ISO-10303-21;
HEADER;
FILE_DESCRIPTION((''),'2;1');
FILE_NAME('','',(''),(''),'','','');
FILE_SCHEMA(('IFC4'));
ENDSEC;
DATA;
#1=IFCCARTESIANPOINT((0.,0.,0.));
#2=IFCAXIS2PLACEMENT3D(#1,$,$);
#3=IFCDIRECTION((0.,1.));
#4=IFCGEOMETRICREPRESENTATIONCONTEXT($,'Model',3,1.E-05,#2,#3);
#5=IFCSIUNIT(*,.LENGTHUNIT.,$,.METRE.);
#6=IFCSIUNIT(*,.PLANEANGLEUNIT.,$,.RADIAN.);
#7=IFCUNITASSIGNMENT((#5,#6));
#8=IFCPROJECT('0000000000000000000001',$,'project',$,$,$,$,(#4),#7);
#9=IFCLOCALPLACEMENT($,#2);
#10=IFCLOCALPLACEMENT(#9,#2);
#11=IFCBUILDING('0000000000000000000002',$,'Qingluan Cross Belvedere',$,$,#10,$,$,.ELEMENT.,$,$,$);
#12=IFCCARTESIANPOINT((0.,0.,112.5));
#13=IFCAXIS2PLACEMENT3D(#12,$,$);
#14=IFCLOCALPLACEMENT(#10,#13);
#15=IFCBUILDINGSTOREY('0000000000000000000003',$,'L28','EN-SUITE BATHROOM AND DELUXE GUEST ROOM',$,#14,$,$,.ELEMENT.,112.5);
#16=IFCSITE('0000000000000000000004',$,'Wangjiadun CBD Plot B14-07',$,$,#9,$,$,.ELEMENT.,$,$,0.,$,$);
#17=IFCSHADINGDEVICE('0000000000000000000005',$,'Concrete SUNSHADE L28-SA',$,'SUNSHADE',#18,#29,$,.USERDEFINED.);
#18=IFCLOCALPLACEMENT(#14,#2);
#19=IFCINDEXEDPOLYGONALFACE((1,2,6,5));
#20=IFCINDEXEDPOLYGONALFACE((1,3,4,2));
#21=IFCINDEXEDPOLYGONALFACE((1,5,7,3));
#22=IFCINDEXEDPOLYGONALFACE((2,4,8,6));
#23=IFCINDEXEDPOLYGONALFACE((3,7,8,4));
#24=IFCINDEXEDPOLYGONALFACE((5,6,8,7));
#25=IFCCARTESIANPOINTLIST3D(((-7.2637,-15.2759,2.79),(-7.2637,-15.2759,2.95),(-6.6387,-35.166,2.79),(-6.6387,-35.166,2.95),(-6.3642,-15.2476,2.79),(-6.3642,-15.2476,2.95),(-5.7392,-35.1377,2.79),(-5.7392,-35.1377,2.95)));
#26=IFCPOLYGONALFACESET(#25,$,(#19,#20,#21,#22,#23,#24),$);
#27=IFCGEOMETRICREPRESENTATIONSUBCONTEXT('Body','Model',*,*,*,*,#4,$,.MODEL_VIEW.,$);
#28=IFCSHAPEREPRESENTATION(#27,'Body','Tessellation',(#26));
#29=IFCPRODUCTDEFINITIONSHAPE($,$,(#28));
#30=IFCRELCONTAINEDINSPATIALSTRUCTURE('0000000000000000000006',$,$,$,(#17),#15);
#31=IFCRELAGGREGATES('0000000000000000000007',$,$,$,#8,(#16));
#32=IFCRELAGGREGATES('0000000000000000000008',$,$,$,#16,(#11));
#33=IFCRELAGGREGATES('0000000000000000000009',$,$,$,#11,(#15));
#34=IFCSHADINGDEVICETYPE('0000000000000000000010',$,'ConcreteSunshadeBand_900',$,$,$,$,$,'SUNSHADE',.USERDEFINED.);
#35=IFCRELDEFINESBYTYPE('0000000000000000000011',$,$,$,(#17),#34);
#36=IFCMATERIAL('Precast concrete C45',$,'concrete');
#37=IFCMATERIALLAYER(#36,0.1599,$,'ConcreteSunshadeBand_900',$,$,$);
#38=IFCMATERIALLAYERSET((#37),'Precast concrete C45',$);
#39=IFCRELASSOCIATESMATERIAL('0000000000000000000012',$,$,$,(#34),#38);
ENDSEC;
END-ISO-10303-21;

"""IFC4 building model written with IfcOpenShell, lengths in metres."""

from ifc_helpers import new_model, si_unit, direction, frame, origin, origin_2d, place, context, subcontext, project, spatial, rectangle, extrude, material, layer, layer_set, type_object, element, save


model = new_model("IFC4")

# Units and contexts
model_context = context("Model", 3, precision=1e-05, world=origin(), true_north=direction((0.0, 1.0)))
body_context = subcontext(model_context, "Body", "Model", "MODEL_VIEW")
ifc_project = project(units=[si_unit("LENGTHUNIT", "METRE"), si_unit("PLANEANGLEUNIT", "RADIAN")], contexts=[model_context])

# Site, building, storey
site_placement = place(None, origin())
site = spatial("IfcSite", under=ifc_project, at=site_placement, Name="Wangjiadun CBD Plot B14-07", CompositionType="ELEMENT", RefElevation=0.0)
building_placement = place(site_placement, origin())
building = spatial("IfcBuilding", under=site, at=building_placement, Name="Qingluan Cross Belvedere", CompositionType="ELEMENT")
storey_placement = place(building_placement, frame((0.0, 0.0, 112.5)))
storey = spatial("IfcBuildingStorey", under=building, at=storey_placement, Name="L28", Description="EN-SUITE BATHROOM AND DELUXE GUEST ROOM", CompositionType="ELEMENT", Elevation=112.5)

# Shading device
ifc_material_1 = material(Name="Precast concrete C45", Category="concrete")
ifc_layer_1 = layer(ifc_material_1, 0.1599, Name="ConcreteSunshadeBand_900")
ifc_layer_set_1 = layer_set([ifc_layer_1], Name="Precast concrete C45")
shading_device_type = type_object("IfcShadingDeviceType", Name="ConcreteSunshadeBand_900", ElementType="SUNSHADE", PredefinedType="USERDEFINED", material=ifc_layer_set_1)
shading_device_placement = place(storey_placement, frame((-6.5015, -25.2068, 2.79), z_axis=(0.0, 0.0, 1.0), x_axis=(0.031408, -0.999507, 0.0)))
element("IfcShadingDevice", 1, at=shading_device_placement, inside=storey, type_object=shading_device_type, Name="Concrete SUNSHADE L28-SA", ObjectType="SUNSHADE", PredefinedType="USERDEFINED", context=body_context, shape_type="SweptSolid", body=[
    extrude(rectangle(XDim=19.8999, YDim=0.8999, at=origin_2d()), origin(), (0.0, 0.0, 1.0), 0.1599),
])

save(model, "model.ifc")
